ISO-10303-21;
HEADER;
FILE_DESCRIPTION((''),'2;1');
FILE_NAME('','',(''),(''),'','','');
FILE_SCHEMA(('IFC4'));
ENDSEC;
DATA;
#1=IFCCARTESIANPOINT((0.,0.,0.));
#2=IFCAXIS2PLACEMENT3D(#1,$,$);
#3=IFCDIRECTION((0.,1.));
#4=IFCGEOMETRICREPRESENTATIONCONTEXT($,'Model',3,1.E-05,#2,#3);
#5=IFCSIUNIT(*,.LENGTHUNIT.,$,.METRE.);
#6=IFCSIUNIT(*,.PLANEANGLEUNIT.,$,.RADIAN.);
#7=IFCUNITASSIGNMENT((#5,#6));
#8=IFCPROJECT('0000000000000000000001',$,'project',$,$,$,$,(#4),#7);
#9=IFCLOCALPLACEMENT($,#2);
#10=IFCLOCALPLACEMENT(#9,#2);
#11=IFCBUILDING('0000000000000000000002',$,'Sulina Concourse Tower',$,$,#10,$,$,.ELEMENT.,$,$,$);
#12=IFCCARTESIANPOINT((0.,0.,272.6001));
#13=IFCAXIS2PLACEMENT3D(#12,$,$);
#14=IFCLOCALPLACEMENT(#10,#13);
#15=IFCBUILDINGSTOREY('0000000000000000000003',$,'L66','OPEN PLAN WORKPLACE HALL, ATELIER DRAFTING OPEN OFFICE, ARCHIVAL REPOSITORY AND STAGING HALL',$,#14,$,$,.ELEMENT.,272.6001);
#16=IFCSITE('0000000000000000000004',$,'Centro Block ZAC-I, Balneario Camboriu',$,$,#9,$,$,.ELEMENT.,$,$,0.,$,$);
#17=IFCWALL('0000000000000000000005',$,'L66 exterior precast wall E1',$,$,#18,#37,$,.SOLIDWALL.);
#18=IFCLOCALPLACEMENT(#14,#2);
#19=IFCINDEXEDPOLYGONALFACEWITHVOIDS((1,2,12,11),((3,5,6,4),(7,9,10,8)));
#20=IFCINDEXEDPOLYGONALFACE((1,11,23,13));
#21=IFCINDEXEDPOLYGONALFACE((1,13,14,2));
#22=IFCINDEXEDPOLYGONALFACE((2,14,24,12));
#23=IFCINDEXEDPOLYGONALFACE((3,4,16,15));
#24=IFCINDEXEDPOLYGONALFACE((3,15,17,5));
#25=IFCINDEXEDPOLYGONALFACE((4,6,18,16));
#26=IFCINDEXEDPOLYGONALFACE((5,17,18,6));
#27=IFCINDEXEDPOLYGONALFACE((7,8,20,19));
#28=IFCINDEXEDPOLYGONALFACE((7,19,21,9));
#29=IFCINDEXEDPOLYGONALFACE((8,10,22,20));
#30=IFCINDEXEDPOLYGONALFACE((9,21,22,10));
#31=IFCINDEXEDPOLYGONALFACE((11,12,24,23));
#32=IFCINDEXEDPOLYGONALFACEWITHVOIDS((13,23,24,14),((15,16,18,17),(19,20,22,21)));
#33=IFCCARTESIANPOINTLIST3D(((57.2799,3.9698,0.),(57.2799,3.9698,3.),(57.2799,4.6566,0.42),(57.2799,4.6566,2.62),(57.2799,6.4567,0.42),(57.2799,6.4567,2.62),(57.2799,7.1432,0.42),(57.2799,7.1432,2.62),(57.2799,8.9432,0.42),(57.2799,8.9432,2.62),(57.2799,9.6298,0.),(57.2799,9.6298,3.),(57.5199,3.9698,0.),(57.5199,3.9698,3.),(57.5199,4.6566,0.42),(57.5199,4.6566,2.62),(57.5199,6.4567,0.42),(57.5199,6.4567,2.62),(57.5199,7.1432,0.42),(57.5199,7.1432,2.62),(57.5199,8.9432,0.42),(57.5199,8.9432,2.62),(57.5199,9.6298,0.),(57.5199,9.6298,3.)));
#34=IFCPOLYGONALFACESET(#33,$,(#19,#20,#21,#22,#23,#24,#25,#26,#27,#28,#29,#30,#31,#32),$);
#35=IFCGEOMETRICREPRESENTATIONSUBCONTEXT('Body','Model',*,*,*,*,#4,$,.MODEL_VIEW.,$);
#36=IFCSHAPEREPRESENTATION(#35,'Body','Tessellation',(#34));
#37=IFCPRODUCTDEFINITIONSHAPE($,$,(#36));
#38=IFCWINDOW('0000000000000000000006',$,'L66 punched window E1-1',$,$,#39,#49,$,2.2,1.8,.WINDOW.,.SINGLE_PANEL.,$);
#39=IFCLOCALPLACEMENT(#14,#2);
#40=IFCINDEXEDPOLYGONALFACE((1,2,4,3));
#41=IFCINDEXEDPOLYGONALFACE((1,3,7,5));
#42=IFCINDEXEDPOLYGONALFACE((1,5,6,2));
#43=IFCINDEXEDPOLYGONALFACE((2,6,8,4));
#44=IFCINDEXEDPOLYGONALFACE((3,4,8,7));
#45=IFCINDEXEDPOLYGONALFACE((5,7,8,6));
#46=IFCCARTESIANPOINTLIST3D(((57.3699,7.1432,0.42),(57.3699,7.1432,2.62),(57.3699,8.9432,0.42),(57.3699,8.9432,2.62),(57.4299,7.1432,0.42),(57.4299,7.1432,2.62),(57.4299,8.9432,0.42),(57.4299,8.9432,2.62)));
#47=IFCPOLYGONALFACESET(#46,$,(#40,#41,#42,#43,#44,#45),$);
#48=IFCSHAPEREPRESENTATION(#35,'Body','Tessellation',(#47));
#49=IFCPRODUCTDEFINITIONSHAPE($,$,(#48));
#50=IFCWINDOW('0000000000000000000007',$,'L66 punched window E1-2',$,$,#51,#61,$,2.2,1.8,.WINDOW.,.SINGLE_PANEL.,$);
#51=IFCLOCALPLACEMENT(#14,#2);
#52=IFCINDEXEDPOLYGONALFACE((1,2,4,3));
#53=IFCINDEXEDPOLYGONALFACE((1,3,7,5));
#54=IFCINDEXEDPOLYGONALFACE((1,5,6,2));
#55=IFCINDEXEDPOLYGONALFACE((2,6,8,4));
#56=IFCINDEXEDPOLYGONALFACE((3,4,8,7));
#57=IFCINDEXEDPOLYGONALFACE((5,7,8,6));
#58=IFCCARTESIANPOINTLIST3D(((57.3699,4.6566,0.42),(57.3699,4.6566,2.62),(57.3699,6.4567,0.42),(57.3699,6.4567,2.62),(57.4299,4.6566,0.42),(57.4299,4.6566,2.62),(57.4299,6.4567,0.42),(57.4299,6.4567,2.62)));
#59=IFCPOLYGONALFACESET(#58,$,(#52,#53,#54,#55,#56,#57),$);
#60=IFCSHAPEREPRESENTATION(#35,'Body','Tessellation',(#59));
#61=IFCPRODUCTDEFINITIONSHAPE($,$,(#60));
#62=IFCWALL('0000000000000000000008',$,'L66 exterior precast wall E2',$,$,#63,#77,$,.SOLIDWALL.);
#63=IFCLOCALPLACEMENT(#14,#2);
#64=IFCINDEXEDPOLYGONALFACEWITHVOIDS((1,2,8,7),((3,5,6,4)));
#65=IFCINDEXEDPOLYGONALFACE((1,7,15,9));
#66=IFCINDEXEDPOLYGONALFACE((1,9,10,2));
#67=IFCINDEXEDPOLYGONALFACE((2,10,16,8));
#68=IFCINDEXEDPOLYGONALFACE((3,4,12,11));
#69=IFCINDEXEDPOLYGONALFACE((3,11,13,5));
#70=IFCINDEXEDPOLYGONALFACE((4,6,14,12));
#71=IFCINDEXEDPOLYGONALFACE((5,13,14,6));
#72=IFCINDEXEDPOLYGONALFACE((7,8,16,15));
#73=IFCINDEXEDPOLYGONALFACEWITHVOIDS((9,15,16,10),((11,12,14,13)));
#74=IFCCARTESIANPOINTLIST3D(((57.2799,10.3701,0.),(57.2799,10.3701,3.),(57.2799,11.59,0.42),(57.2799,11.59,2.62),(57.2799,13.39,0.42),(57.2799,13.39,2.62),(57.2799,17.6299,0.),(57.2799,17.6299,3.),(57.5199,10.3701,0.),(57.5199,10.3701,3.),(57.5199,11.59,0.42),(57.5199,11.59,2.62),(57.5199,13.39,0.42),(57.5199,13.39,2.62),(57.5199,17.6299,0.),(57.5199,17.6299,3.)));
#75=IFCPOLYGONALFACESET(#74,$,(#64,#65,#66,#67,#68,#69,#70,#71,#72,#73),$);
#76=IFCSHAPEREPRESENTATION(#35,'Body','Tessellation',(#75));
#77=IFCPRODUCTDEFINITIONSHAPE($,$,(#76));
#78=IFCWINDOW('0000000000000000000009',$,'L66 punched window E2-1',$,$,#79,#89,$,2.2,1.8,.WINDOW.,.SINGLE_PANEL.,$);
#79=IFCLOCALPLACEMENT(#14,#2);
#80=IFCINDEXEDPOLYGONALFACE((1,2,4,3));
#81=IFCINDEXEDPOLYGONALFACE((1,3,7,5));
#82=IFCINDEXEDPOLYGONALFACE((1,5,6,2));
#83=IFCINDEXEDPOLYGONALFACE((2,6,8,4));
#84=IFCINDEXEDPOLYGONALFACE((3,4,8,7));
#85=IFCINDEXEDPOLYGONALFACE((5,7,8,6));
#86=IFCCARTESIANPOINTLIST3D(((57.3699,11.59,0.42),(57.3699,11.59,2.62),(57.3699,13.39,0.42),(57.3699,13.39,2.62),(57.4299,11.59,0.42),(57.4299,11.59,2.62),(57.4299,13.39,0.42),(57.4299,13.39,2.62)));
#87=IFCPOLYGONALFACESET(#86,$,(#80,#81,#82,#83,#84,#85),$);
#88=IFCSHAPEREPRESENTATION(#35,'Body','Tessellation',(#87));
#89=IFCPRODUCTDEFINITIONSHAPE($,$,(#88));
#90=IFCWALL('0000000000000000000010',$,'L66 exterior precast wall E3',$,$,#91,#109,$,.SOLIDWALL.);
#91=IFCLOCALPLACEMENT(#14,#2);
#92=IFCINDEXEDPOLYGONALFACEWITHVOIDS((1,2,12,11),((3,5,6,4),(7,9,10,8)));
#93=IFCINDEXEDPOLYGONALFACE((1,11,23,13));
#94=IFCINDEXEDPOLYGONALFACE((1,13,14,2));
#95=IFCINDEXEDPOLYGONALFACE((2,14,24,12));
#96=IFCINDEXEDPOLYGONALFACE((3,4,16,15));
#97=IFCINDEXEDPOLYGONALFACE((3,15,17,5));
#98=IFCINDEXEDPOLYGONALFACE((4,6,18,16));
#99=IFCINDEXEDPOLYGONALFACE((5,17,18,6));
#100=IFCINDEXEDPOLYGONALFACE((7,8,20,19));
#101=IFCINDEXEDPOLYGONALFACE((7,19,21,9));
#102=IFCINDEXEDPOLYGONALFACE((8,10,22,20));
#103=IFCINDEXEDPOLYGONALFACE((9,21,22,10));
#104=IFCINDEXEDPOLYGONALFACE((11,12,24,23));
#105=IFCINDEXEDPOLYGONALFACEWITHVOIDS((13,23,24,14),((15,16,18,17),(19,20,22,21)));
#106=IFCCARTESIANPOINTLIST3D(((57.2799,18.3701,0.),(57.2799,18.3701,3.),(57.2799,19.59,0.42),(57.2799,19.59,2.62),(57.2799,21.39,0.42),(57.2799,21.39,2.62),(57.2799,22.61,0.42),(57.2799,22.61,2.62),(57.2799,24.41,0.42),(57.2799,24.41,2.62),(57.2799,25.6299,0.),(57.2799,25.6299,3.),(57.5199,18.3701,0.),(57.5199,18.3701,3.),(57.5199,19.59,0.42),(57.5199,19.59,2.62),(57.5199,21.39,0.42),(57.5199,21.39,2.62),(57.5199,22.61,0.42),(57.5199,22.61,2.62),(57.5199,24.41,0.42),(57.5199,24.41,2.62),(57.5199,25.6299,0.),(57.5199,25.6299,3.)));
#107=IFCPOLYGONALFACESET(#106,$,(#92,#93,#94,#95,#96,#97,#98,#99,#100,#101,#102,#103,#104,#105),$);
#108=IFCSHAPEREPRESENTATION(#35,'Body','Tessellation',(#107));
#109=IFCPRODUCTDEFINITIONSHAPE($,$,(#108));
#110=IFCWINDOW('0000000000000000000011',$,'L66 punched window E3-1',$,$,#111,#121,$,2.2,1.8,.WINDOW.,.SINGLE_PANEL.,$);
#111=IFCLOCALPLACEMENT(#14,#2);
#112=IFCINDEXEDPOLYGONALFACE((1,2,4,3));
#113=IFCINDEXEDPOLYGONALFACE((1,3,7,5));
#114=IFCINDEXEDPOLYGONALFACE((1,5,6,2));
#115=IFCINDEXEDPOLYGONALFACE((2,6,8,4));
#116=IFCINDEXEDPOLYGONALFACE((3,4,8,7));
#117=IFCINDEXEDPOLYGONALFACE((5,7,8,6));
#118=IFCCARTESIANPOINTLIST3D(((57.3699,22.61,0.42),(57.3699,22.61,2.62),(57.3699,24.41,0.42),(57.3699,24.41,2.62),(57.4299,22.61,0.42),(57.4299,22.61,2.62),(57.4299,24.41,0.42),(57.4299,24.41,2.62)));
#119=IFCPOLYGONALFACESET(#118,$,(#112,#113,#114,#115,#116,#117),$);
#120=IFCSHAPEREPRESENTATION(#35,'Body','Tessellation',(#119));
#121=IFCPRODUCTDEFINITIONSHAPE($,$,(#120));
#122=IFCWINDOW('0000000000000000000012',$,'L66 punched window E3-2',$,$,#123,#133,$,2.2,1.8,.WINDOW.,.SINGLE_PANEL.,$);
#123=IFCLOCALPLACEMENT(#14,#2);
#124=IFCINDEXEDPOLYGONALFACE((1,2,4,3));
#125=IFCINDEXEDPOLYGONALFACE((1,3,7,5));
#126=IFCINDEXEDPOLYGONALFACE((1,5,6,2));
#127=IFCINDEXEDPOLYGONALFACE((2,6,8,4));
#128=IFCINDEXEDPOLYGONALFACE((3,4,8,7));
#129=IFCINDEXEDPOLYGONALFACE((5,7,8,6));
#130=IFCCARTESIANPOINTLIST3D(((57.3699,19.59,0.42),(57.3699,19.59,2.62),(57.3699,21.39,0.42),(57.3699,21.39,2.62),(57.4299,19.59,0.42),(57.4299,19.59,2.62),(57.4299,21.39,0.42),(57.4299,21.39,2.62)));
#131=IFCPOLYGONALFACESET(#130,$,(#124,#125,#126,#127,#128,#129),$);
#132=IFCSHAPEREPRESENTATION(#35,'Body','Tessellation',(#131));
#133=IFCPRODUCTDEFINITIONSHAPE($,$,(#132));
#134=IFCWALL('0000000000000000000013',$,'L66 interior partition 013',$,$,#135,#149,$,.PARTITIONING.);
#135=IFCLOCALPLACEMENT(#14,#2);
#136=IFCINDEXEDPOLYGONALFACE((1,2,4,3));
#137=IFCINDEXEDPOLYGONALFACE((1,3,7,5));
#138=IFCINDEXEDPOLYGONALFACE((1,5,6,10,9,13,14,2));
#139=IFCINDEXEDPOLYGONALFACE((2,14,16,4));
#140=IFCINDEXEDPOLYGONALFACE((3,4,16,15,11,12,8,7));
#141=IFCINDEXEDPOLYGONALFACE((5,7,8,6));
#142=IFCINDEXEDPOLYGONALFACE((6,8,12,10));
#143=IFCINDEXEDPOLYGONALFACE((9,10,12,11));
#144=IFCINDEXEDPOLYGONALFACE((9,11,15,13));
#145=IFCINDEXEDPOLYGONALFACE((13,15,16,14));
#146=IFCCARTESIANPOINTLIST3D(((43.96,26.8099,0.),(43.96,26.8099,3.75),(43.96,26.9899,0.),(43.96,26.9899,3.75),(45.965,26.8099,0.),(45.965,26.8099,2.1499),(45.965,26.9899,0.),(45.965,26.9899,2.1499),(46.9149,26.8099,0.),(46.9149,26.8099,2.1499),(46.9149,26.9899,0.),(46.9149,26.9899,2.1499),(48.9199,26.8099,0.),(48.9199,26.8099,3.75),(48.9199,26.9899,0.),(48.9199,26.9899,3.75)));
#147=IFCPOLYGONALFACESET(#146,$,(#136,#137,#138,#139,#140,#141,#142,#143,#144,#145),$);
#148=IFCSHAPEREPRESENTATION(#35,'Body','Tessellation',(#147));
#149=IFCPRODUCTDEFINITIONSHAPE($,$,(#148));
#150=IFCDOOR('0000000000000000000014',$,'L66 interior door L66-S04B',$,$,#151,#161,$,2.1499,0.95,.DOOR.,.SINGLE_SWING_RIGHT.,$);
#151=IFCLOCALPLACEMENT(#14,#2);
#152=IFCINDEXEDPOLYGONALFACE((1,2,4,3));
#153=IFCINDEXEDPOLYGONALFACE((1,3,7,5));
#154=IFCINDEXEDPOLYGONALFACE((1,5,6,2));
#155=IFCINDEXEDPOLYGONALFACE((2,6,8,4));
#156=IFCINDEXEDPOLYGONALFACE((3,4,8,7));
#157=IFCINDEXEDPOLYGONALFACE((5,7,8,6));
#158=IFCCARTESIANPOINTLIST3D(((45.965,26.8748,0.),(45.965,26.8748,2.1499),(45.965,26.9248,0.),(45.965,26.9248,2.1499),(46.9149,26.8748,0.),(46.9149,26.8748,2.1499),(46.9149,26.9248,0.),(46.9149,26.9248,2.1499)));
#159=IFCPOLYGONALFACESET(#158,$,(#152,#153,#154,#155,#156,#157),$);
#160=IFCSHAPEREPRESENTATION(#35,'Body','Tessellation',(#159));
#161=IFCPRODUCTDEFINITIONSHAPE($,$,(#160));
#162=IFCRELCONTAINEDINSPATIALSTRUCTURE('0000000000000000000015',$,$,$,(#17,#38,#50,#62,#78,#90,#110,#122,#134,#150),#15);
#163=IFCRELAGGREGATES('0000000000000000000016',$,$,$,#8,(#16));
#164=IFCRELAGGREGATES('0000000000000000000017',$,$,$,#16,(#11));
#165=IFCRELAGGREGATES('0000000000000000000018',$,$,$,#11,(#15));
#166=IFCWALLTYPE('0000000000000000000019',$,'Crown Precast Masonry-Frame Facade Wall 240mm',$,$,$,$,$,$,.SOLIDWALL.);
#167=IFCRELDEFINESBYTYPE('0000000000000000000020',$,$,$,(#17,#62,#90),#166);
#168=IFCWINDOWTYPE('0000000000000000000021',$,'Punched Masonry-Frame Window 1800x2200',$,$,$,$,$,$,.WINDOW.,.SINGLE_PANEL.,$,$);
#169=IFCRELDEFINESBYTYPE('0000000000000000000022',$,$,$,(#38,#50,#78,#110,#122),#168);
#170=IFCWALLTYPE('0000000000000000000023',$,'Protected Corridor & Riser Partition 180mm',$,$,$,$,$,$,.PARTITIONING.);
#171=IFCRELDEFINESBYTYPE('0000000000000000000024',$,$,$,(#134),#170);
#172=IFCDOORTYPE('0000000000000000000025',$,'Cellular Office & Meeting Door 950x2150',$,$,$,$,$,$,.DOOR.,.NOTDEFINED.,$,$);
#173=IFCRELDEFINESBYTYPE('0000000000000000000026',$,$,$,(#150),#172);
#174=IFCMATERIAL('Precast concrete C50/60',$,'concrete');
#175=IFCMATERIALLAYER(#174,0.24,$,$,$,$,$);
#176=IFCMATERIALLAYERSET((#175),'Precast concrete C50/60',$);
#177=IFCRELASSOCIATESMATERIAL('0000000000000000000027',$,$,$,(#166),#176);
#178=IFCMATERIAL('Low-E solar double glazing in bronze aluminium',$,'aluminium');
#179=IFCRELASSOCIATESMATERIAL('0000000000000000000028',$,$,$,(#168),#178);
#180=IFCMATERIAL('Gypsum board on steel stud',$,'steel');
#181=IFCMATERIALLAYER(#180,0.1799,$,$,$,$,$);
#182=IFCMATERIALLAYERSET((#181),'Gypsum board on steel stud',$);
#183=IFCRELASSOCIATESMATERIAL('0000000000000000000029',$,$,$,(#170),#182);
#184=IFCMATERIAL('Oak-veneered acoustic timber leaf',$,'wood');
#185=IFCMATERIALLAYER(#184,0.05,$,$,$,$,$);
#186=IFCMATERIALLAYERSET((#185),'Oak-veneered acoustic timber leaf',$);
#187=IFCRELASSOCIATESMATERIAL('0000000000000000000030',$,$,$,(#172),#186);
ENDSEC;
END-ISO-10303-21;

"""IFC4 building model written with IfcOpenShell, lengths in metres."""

from ifc_helpers import new_model, si_unit, direction, frame, frame_2d, origin, place, context, subcontext, project, spatial, rectangle, extrude, material, layer, layer_set, type_object, element, fill, save


model = new_model("IFC4")

# Units and contexts
model_context = context("Model", 3, precision=1e-05, world=origin(), true_north=direction((0.0, 1.0)))
body_context = subcontext(model_context, "Body", "Model", "MODEL_VIEW")
ifc_project = project(units=[si_unit("LENGTHUNIT", "METRE"), si_unit("PLANEANGLEUNIT", "RADIAN")], contexts=[model_context])

# Site, building, storey
site_placement = place(None, origin())
site = spatial("IfcSite", under=ifc_project, at=site_placement, Name="Centro Block ZAC-I, Balneario Camboriu", CompositionType="ELEMENT", RefElevation=0.0)
building_placement = place(site_placement, origin())
building = spatial("IfcBuilding", under=site, at=building_placement, Name="Sulina Concourse Tower", CompositionType="ELEMENT")
storey_placement = place(building_placement, frame((0.0, 0.0, 272.6001)))
storey = spatial("IfcBuildingStorey", under=building, at=storey_placement, Name="L66", Description="OPEN PLAN WORKPLACE HALL, ATELIER DRAFTING OPEN OFFICE, ARCHIVAL REPOSITORY AND STAGING HALL", CompositionType="ELEMENT", Elevation=272.6001)

# Wall, openings, windows
ifc_material_1 = material(Name="Precast concrete C50/60", Category="concrete")
ifc_layer_1 = layer(ifc_material_1, 0.24)
ifc_layer_set_1 = layer_set([ifc_layer_1], Name="Precast concrete C50/60")
wall_type_1 = type_object("IfcWallType", Name="Crown Precast Masonry-Frame Facade Wall 240mm", PredefinedType="SOLIDWALL", material=ifc_layer_set_1)
wall_1_placement = place(storey_placement, frame((57.3999, 9.6299, 0.0), z_axis=(0.0, 0.0, 1.0), x_axis=(0.0, -1.0, 0.0)))
wall_1 = element("IfcWall", 1, at=wall_1_placement, inside=storey, type_object=wall_type_1, Name="L66 exterior precast wall E1", PredefinedType="SOLIDWALL", context=body_context, shape_type="SweptSolid", body=[
    extrude(rectangle(XDim=5.6599, YDim=0.24, at=frame_2d((2.8301, 0.0))), origin(), (0.0, 0.0, 1.0), 3.0),
])
opening_1_placement = place(wall_1_placement, frame((0.6868, 0.0, 0.4199)))
opening_1 = element("IfcOpeningElement", 2, at=opening_1_placement, cuts=wall_1, PredefinedType="OPENING", context=body_context, shape_type="SweptSolid", body=[
    extrude(rectangle(XDim=1.8, YDim=2.2, at=frame_2d((0.8999, 1.1001))), frame((0.0, 0.1299, 0.0), z_axis=(0.0, -1.0, 0.0), x_axis=(1.0, 0.0, 0.0)), (0.0, 0.0, 1.0), 0.26),
])
opening_2_placement = place(wall_1_placement, frame((3.1733, 0.0, 0.4199)))
opening_2 = element("IfcOpeningElement", 3, at=opening_2_placement, cuts=wall_1, PredefinedType="OPENING", context=body_context, shape_type="SweptSolid", body=[
    extrude(rectangle(XDim=1.8, YDim=2.2, at=frame_2d((0.8999, 1.1001))), frame((0.0, 0.1299, 0.0), z_axis=(0.0, -1.0, 0.0), x_axis=(1.0, 0.0, 0.0)), (0.0, 0.0, 1.0), 0.26),
])
ifc_material_2 = material(Name="Low-E solar double glazing in bronze aluminium", Category="aluminium")
window_type = type_object("IfcWindowType", Name="Punched Masonry-Frame Window 1800x2200", PartitioningType="SINGLE_PANEL", PredefinedType="WINDOW", material=ifc_material_2)
window_1_placement = place(opening_1_placement, origin())
window_1 = element("IfcWindow", 4, at=window_1_placement, inside=storey, type_object=window_type, Name="L66 punched window E1-1", OverallHeight=2.2, OverallWidth=1.8, PartitioningType="SINGLE_PANEL", PredefinedType="WINDOW", context=body_context, shape_type="SweptSolid", body=[
    extrude(rectangle(XDim=1.8, YDim=2.2, at=frame_2d((0.8999, 1.1001))), frame((0.0, 0.03, 0.0), z_axis=(0.0, -1.0, 0.0), x_axis=(1.0, 0.0, 0.0)), (0.0, 0.0, 1.0), 0.0601),
])
fill(opening_1, window_1)
window_2_placement = place(opening_2_placement, origin())
window_2 = element("IfcWindow", 5, at=window_2_placement, inside=storey, type_object=window_type, Name="L66 punched window E1-2", OverallHeight=2.2, OverallWidth=1.8, PartitioningType="SINGLE_PANEL", PredefinedType="WINDOW", context=body_context, shape_type="SweptSolid", body=[
    extrude(rectangle(XDim=1.8, YDim=2.2, at=frame_2d((0.8999, 1.1001))), frame((0.0, 0.03, 0.0), z_axis=(0.0, -1.0, 0.0), x_axis=(1.0, 0.0, 0.0)), (0.0, 0.0, 1.0), 0.0601),
])
fill(opening_2, window_2)

# Wall, opening, window
wall_2_placement = place(storey_placement, frame((57.3999, 17.6299, 0.0), z_axis=(0.0, 0.0, 1.0), x_axis=(0.0, -1.0, 0.0)))
wall_2 = element("IfcWall", 6, at=wall_2_placement, inside=storey, type_object=wall_type_1, Name="L66 exterior precast wall E2", PredefinedType="SOLIDWALL", context=body_context, shape_type="SweptSolid", body=[
    extrude(rectangle(XDim=7.2598, YDim=0.24, at=frame_2d((3.6299, 0.0))), origin(), (0.0, 0.0, 1.0), 3.0),
])
opening_3_placement = place(wall_2_placement, frame((4.24, 0.0, 0.4199)))
opening_3 = element("IfcOpeningElement", 7, at=opening_3_placement, cuts=wall_2, PredefinedType="OPENING", context=body_context, shape_type="SweptSolid", body=[
    extrude(rectangle(XDim=1.8, YDim=2.2, at=frame_2d((0.8999, 1.1001))), frame((0.0, 0.1299, 0.0), z_axis=(0.0, -1.0, 0.0), x_axis=(1.0, 0.0, 0.0)), (0.0, 0.0, 1.0), 0.26),
])
window_3_placement = place(opening_3_placement, origin())
window_3 = element("IfcWindow", 8, at=window_3_placement, inside=storey, type_object=window_type, Name="L66 punched window E2-1", OverallHeight=2.2, OverallWidth=1.8, PartitioningType="SINGLE_PANEL", PredefinedType="WINDOW", context=body_context, shape_type="SweptSolid", body=[
    extrude(rectangle(XDim=1.8, YDim=2.2, at=frame_2d((0.8999, 1.1001))), frame((0.0, 0.03, 0.0), z_axis=(0.0, -1.0, 0.0), x_axis=(1.0, 0.0, 0.0)), (0.0, 0.0, 1.0), 0.0601),
])
fill(opening_3, window_3)

# Wall, openings, windows
wall_3_placement = place(storey_placement, frame((57.3999, 25.6299, 0.0), z_axis=(0.0, 0.0, 1.0), x_axis=(0.0, -1.0, 0.0)))
wall_3 = element("IfcWall", 9, at=wall_3_placement, inside=storey, type_object=wall_type_1, Name="L66 exterior precast wall E3", PredefinedType="SOLIDWALL", context=body_context, shape_type="SweptSolid", body=[
    extrude(rectangle(XDim=7.2598, YDim=0.24, at=frame_2d((3.6299, 0.0))), origin(), (0.0, 0.0, 1.0), 3.0),
])
opening_4_placement = place(wall_3_placement, frame((1.22, 0.0, 0.4199)))
opening_4 = element("IfcOpeningElement", 10, at=opening_4_placement, cuts=wall_3, PredefinedType="OPENING", context=body_context, shape_type="SweptSolid", body=[
    extrude(rectangle(XDim=1.8, YDim=2.2, at=frame_2d((0.8999, 1.1001))), frame((0.0, 0.1299, 0.0), z_axis=(0.0, -1.0, 0.0), x_axis=(1.0, 0.0, 0.0)), (0.0, 0.0, 1.0), 0.26),
])
opening_5_placement = place(wall_3_placement, frame((4.24, 0.0, 0.4199)))
opening_5 = element("IfcOpeningElement", 11, at=opening_5_placement, cuts=wall_3, PredefinedType="OPENING", context=body_context, shape_type="SweptSolid", body=[
    extrude(rectangle(XDim=1.8, YDim=2.2, at=frame_2d((0.8999, 1.1001))), frame((0.0, 0.1299, 0.0), z_axis=(0.0, -1.0, 0.0), x_axis=(1.0, 0.0, 0.0)), (0.0, 0.0, 1.0), 0.26),
])
window_4_placement = place(opening_4_placement, origin())
window_4 = element("IfcWindow", 12, at=window_4_placement, inside=storey, type_object=window_type, Name="L66 punched window E3-1", OverallHeight=2.2, OverallWidth=1.8, PartitioningType="SINGLE_PANEL", PredefinedType="WINDOW", context=body_context, shape_type="SweptSolid", body=[
    extrude(rectangle(XDim=1.8, YDim=2.2, at=frame_2d((0.8999, 1.1001))), frame((0.0, 0.03, 0.0), z_axis=(0.0, -1.0, 0.0), x_axis=(1.0, 0.0, 0.0)), (0.0, 0.0, 1.0), 0.0601),
])
fill(opening_4, window_4)
window_5_placement = place(opening_5_placement, origin())
window_5 = element("IfcWindow", 13, at=window_5_placement, inside=storey, type_object=window_type, Name="L66 punched window E3-2", OverallHeight=2.2, OverallWidth=1.8, PartitioningType="SINGLE_PANEL", PredefinedType="WINDOW", context=body_context, shape_type="SweptSolid", body=[
    extrude(rectangle(XDim=1.8, YDim=2.2, at=frame_2d((0.8999, 1.1001))), frame((0.0, 0.03, 0.0), z_axis=(0.0, -1.0, 0.0), x_axis=(1.0, 0.0, 0.0)), (0.0, 0.0, 1.0), 0.0601),
])
fill(opening_5, window_5)

# Wall, opening, door
ifc_material_3 = material(Name="Gypsum board on steel stud", Category="steel")
ifc_layer_2 = layer(ifc_material_3, 0.1799)
ifc_layer_set_2 = layer_set([ifc_layer_2], Name="Gypsum board on steel stud")
wall_type_2 = type_object("IfcWallType", Name="Protected Corridor & Riser Partition 180mm", PredefinedType="PARTITIONING", material=ifc_layer_set_2)
wall_4_placement = place(storey_placement, frame((43.96, 26.8999, 0.0), z_axis=(0.0, 0.0, 1.0), x_axis=(1.0, 0.0, 0.0)))
wall_4 = element("IfcWall", 14, at=wall_4_placement, inside=storey, type_object=wall_type_2, Name="L66 interior partition 013", PredefinedType="PARTITIONING", context=body_context, shape_type="SweptSolid", body=[
    extrude(rectangle(XDim=4.96, YDim=0.1799, at=frame_2d((2.48, 0.0))), origin(), (0.0, 0.0, 1.0), 3.75),
])
opening_6_placement = place(wall_4_placement, frame((2.0049, 0.0, 0.0)))
opening_6 = element("IfcOpeningElement", 15, at=opening_6_placement, cuts=wall_4, PredefinedType="OPENING", context=body_context, shape_type="SweptSolid", body=[
    extrude(rectangle(XDim=0.95, YDim=2.1499, at=frame_2d((0.4751, 1.075))), frame((0.0, 0.0999, 0.0), z_axis=(0.0, -1.0, 0.0), x_axis=(1.0, 0.0, 0.0)), (0.0, 0.0, 1.0), 0.2),
])
ifc_material_4 = material(Name="Oak-veneered acoustic timber leaf", Category="wood")
ifc_layer_3 = layer(ifc_material_4, 0.05)
ifc_layer_set_3 = layer_set([ifc_layer_3], Name="Oak-veneered acoustic timber leaf")
door_type_1 = type_object("IfcDoorType", Name="Cellular Office & Meeting Door 950x2150", OperationType="NOTDEFINED", PredefinedType="DOOR", material=ifc_layer_set_3)
door_1_placement = place(opening_6_placement, origin())
door_1 = element("IfcDoor", 16, at=door_1_placement, inside=storey, type_object=door_type_1, Name="L66 interior door L66-S04B", OperationType="SINGLE_SWING_RIGHT", OverallHeight=2.1499, OverallWidth=0.95, PredefinedType="DOOR", context=body_context, shape_type="SweptSolid", body=[
    extrude(rectangle(XDim=0.95, YDim=2.1499, at=frame_2d((0.4751, 1.075))), frame((0.0, 0.0249, 0.0), z_axis=(0.0, -1.0, 0.0), x_axis=(1.0, 0.0, 0.0)), (0.0, 0.0, 1.0), 0.05),
])
fill(opening_6, door_1)

save(model, "model.ifc")
